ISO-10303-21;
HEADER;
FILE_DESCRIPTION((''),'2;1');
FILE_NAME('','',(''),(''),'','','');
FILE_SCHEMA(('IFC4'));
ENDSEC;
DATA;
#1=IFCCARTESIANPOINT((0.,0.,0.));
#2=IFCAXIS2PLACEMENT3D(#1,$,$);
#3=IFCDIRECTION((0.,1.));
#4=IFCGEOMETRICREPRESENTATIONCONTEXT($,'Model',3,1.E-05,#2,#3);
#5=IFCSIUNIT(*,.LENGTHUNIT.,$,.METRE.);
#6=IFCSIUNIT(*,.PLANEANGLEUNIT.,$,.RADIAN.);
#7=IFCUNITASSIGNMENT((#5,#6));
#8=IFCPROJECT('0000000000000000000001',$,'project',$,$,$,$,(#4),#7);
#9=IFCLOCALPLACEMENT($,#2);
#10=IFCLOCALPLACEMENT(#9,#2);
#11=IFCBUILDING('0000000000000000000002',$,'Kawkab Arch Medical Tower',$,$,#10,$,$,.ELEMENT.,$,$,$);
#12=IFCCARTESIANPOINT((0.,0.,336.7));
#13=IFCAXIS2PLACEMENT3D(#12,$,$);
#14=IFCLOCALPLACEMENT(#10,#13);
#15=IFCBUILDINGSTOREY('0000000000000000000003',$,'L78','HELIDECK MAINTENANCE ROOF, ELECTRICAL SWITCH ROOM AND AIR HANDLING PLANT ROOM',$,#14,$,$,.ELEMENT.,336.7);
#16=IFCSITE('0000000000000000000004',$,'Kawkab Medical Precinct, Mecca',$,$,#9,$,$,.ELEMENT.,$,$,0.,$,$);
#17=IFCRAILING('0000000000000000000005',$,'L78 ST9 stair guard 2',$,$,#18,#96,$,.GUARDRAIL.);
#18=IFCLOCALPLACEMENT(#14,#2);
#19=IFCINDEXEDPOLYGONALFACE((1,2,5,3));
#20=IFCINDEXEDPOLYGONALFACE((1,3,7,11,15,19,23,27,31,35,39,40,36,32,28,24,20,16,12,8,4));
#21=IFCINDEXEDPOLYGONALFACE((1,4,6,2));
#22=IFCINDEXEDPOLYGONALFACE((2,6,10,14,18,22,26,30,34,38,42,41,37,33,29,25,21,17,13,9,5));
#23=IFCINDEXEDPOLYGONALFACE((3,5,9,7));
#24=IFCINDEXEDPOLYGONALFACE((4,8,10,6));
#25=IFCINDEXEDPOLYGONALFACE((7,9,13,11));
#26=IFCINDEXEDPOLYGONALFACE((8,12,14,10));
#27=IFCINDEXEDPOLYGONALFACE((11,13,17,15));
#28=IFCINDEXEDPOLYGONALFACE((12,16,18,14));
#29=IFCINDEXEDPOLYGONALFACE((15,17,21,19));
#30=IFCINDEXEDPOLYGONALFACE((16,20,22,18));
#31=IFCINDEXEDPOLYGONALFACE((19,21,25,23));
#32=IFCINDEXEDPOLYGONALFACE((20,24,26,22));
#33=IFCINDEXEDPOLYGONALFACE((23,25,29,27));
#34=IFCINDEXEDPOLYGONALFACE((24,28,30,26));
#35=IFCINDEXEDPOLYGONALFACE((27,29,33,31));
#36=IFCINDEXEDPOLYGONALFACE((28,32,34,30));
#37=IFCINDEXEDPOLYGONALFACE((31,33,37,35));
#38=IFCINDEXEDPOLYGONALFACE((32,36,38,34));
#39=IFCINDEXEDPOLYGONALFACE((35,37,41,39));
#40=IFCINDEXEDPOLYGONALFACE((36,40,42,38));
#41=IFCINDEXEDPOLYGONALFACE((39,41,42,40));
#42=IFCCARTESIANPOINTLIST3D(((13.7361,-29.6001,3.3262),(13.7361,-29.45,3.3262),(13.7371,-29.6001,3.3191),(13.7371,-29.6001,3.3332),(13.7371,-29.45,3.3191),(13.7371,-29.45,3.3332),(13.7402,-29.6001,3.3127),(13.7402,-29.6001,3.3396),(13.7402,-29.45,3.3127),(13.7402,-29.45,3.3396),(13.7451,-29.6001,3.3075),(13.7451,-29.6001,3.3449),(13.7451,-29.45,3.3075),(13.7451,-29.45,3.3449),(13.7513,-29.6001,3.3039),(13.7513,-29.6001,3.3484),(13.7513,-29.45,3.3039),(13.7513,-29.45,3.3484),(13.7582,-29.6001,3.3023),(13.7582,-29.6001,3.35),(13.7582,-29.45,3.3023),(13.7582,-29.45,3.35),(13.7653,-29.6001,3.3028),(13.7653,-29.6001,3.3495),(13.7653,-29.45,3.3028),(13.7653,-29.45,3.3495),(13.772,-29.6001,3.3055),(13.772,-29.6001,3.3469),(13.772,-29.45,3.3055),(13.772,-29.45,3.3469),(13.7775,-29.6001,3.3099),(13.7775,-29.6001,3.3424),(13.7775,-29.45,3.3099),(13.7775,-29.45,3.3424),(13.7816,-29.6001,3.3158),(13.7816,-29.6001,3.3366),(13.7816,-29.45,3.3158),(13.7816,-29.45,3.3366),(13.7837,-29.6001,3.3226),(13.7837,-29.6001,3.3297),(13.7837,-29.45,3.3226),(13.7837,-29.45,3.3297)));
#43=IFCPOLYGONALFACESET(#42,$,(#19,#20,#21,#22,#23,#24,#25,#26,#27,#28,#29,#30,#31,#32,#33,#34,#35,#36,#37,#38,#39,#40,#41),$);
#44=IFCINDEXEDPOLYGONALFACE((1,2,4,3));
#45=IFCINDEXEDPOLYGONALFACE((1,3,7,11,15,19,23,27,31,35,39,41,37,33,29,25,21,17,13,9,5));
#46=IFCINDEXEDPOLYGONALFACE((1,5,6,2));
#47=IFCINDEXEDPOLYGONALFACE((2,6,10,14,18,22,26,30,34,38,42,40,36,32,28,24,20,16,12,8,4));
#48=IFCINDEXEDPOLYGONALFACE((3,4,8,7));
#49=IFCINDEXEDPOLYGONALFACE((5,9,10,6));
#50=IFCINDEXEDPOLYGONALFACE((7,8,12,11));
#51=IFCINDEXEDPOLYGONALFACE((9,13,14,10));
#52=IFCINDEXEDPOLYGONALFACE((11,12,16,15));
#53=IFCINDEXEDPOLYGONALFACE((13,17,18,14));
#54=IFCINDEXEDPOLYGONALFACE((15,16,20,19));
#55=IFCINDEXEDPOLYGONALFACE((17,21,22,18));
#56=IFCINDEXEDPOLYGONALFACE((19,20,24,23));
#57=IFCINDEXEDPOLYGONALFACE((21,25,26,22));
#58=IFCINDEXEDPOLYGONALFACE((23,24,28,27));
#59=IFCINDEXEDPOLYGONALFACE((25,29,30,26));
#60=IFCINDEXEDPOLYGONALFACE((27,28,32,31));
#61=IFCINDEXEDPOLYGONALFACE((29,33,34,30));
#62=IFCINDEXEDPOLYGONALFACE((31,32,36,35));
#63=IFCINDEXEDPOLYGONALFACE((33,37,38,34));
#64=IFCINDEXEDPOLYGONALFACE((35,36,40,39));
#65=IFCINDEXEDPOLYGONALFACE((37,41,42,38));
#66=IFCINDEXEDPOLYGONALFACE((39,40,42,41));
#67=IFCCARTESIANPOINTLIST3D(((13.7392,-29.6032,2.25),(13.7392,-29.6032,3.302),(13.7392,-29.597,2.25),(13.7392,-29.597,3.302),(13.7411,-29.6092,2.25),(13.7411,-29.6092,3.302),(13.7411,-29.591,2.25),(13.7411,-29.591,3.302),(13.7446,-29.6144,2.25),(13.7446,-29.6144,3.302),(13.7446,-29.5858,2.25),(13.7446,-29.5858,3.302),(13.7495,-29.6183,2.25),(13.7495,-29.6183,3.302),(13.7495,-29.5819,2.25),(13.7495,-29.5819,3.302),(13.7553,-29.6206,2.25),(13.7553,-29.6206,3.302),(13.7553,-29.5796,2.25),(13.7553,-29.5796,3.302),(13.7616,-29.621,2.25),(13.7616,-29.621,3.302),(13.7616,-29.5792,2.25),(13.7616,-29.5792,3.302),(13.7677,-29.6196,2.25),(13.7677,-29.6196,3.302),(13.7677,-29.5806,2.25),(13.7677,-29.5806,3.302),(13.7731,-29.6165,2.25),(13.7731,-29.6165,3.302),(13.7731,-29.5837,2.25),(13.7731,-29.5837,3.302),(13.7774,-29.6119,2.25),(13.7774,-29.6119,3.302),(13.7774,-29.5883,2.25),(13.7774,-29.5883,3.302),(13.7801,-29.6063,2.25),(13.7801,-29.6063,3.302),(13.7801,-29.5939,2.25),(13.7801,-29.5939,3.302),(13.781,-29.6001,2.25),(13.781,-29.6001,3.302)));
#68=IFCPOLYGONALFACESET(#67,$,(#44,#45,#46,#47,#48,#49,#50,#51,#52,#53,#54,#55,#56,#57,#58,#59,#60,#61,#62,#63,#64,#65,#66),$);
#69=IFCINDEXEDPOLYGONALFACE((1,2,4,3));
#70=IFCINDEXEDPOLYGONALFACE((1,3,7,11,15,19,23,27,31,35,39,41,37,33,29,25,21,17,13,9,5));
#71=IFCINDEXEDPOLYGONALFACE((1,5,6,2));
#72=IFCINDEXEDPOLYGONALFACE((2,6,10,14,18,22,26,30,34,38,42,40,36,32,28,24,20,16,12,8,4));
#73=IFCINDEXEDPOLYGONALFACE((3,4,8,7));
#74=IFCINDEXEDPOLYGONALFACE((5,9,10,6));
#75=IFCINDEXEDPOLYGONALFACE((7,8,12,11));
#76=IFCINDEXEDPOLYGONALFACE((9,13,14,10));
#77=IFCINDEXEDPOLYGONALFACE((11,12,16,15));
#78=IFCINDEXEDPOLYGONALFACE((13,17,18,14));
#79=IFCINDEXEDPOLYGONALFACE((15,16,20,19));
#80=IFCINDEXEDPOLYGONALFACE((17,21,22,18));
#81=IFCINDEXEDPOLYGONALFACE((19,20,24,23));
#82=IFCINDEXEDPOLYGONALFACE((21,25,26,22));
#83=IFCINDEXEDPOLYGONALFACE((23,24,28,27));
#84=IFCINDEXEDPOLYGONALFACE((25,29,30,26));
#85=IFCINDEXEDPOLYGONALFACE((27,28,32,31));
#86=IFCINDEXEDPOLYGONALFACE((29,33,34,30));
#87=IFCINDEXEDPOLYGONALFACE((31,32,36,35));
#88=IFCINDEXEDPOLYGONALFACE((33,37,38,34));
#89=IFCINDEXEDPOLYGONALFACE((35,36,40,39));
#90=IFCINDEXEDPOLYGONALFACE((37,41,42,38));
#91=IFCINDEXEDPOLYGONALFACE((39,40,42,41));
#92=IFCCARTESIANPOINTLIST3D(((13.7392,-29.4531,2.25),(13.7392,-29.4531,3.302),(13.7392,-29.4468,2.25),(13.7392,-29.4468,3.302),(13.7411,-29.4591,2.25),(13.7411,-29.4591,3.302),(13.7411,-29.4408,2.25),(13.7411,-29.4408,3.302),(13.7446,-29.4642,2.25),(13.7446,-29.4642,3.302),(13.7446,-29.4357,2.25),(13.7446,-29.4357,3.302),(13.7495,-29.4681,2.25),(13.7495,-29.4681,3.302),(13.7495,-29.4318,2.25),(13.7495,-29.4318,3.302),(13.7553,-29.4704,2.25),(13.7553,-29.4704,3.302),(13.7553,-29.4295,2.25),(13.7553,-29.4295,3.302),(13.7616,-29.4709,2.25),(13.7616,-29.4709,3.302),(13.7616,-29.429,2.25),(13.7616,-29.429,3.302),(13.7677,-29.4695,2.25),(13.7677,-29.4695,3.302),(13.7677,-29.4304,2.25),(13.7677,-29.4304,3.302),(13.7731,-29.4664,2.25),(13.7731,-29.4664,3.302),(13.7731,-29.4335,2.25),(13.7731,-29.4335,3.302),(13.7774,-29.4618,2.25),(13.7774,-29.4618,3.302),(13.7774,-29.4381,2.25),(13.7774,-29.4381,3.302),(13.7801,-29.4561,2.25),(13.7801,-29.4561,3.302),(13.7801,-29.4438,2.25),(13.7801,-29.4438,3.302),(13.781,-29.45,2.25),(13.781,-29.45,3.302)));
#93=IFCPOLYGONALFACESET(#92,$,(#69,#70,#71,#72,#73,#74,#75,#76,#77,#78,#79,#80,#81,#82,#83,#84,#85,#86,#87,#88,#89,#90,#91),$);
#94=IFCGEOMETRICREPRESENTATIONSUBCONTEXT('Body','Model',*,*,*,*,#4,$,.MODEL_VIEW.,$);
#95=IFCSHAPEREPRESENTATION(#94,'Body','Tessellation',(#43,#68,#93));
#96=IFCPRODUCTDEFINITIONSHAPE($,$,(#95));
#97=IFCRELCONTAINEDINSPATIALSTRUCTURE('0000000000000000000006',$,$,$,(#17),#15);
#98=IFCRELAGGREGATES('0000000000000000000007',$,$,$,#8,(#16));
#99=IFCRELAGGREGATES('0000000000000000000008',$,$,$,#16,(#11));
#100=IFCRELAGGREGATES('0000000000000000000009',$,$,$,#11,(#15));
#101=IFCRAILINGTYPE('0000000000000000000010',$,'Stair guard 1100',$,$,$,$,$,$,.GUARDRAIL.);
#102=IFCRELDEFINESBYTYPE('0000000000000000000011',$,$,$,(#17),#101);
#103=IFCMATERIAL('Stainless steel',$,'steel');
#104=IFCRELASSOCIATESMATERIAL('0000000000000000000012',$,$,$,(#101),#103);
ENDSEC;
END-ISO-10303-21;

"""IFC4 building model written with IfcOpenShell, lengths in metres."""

from ifc_helpers import new_model, si_unit, direction, frame, origin, origin_2d, place, context, subcontext, project, spatial, circle, extrude, material, type_object, element, save


model = new_model("IFC4")

# Units and contexts
model_context = context("Model", 3, precision=1e-05, world=origin(), true_north=direction((0.0, 1.0)))
body_context = subcontext(model_context, "Body", "Model", "MODEL_VIEW")
ifc_project = project(units=[si_unit("LENGTHUNIT", "METRE"), si_unit("PLANEANGLEUNIT", "RADIAN")], contexts=[model_context])

# Site, building, storey
site_placement = place(None, origin())
site = spatial("IfcSite", under=ifc_project, at=site_placement, Name="Kawkab Medical Precinct, Mecca", CompositionType="ELEMENT", RefElevation=0.0)
building_placement = place(site_placement, origin())
building = spatial("IfcBuilding", under=site, at=building_placement, Name="Kawkab Arch Medical Tower", CompositionType="ELEMENT")
storey_placement = place(building_placement, frame((0.0, 0.0, 336.7)))
storey = spatial("IfcBuildingStorey", under=building, at=storey_placement, Name="L78", Description="HELIDECK MAINTENANCE ROOF, ELECTRICAL SWITCH ROOM AND AIR HANDLING PLANT ROOM", CompositionType="ELEMENT", Elevation=336.7)

# Railing
ifc_material_1 = material(Name="Stainless steel", Category="steel")
railing_type = type_object("IfcRailingType", Name="Stair guard 1100", PredefinedType="GUARDRAIL", material=ifc_material_1)
railing_1_placement = place(storey_placement, frame((13.76, -29.6001, 2.25)))
element("IfcRailing", 1, at=railing_1_placement, inside=storey, type_object=railing_type, Name="L78 ST9 stair guard 2", PredefinedType="GUARDRAIL", context=body_context, shape_type="SweptSolid", body=[
    extrude(circle(Radius=0.0239, at=origin_2d()), frame((0.0, 0.0, 1.0762), z_axis=(0.0, 1.0, 0.0), x_axis=(-1.0, 0.0, 0.0)), (0.0, 0.0, 1.0), 0.1501),
    extrude(circle(Radius=0.021, at=origin_2d()), origin(), (0.0, 0.0, 1.0), 1.052),
    extrude(circle(Radius=0.021, at=origin_2d()), frame((0.0, 0.1501, 0.0)), (0.0, 0.0, 1.0), 1.052),
])

save(model, "model.ifc")
